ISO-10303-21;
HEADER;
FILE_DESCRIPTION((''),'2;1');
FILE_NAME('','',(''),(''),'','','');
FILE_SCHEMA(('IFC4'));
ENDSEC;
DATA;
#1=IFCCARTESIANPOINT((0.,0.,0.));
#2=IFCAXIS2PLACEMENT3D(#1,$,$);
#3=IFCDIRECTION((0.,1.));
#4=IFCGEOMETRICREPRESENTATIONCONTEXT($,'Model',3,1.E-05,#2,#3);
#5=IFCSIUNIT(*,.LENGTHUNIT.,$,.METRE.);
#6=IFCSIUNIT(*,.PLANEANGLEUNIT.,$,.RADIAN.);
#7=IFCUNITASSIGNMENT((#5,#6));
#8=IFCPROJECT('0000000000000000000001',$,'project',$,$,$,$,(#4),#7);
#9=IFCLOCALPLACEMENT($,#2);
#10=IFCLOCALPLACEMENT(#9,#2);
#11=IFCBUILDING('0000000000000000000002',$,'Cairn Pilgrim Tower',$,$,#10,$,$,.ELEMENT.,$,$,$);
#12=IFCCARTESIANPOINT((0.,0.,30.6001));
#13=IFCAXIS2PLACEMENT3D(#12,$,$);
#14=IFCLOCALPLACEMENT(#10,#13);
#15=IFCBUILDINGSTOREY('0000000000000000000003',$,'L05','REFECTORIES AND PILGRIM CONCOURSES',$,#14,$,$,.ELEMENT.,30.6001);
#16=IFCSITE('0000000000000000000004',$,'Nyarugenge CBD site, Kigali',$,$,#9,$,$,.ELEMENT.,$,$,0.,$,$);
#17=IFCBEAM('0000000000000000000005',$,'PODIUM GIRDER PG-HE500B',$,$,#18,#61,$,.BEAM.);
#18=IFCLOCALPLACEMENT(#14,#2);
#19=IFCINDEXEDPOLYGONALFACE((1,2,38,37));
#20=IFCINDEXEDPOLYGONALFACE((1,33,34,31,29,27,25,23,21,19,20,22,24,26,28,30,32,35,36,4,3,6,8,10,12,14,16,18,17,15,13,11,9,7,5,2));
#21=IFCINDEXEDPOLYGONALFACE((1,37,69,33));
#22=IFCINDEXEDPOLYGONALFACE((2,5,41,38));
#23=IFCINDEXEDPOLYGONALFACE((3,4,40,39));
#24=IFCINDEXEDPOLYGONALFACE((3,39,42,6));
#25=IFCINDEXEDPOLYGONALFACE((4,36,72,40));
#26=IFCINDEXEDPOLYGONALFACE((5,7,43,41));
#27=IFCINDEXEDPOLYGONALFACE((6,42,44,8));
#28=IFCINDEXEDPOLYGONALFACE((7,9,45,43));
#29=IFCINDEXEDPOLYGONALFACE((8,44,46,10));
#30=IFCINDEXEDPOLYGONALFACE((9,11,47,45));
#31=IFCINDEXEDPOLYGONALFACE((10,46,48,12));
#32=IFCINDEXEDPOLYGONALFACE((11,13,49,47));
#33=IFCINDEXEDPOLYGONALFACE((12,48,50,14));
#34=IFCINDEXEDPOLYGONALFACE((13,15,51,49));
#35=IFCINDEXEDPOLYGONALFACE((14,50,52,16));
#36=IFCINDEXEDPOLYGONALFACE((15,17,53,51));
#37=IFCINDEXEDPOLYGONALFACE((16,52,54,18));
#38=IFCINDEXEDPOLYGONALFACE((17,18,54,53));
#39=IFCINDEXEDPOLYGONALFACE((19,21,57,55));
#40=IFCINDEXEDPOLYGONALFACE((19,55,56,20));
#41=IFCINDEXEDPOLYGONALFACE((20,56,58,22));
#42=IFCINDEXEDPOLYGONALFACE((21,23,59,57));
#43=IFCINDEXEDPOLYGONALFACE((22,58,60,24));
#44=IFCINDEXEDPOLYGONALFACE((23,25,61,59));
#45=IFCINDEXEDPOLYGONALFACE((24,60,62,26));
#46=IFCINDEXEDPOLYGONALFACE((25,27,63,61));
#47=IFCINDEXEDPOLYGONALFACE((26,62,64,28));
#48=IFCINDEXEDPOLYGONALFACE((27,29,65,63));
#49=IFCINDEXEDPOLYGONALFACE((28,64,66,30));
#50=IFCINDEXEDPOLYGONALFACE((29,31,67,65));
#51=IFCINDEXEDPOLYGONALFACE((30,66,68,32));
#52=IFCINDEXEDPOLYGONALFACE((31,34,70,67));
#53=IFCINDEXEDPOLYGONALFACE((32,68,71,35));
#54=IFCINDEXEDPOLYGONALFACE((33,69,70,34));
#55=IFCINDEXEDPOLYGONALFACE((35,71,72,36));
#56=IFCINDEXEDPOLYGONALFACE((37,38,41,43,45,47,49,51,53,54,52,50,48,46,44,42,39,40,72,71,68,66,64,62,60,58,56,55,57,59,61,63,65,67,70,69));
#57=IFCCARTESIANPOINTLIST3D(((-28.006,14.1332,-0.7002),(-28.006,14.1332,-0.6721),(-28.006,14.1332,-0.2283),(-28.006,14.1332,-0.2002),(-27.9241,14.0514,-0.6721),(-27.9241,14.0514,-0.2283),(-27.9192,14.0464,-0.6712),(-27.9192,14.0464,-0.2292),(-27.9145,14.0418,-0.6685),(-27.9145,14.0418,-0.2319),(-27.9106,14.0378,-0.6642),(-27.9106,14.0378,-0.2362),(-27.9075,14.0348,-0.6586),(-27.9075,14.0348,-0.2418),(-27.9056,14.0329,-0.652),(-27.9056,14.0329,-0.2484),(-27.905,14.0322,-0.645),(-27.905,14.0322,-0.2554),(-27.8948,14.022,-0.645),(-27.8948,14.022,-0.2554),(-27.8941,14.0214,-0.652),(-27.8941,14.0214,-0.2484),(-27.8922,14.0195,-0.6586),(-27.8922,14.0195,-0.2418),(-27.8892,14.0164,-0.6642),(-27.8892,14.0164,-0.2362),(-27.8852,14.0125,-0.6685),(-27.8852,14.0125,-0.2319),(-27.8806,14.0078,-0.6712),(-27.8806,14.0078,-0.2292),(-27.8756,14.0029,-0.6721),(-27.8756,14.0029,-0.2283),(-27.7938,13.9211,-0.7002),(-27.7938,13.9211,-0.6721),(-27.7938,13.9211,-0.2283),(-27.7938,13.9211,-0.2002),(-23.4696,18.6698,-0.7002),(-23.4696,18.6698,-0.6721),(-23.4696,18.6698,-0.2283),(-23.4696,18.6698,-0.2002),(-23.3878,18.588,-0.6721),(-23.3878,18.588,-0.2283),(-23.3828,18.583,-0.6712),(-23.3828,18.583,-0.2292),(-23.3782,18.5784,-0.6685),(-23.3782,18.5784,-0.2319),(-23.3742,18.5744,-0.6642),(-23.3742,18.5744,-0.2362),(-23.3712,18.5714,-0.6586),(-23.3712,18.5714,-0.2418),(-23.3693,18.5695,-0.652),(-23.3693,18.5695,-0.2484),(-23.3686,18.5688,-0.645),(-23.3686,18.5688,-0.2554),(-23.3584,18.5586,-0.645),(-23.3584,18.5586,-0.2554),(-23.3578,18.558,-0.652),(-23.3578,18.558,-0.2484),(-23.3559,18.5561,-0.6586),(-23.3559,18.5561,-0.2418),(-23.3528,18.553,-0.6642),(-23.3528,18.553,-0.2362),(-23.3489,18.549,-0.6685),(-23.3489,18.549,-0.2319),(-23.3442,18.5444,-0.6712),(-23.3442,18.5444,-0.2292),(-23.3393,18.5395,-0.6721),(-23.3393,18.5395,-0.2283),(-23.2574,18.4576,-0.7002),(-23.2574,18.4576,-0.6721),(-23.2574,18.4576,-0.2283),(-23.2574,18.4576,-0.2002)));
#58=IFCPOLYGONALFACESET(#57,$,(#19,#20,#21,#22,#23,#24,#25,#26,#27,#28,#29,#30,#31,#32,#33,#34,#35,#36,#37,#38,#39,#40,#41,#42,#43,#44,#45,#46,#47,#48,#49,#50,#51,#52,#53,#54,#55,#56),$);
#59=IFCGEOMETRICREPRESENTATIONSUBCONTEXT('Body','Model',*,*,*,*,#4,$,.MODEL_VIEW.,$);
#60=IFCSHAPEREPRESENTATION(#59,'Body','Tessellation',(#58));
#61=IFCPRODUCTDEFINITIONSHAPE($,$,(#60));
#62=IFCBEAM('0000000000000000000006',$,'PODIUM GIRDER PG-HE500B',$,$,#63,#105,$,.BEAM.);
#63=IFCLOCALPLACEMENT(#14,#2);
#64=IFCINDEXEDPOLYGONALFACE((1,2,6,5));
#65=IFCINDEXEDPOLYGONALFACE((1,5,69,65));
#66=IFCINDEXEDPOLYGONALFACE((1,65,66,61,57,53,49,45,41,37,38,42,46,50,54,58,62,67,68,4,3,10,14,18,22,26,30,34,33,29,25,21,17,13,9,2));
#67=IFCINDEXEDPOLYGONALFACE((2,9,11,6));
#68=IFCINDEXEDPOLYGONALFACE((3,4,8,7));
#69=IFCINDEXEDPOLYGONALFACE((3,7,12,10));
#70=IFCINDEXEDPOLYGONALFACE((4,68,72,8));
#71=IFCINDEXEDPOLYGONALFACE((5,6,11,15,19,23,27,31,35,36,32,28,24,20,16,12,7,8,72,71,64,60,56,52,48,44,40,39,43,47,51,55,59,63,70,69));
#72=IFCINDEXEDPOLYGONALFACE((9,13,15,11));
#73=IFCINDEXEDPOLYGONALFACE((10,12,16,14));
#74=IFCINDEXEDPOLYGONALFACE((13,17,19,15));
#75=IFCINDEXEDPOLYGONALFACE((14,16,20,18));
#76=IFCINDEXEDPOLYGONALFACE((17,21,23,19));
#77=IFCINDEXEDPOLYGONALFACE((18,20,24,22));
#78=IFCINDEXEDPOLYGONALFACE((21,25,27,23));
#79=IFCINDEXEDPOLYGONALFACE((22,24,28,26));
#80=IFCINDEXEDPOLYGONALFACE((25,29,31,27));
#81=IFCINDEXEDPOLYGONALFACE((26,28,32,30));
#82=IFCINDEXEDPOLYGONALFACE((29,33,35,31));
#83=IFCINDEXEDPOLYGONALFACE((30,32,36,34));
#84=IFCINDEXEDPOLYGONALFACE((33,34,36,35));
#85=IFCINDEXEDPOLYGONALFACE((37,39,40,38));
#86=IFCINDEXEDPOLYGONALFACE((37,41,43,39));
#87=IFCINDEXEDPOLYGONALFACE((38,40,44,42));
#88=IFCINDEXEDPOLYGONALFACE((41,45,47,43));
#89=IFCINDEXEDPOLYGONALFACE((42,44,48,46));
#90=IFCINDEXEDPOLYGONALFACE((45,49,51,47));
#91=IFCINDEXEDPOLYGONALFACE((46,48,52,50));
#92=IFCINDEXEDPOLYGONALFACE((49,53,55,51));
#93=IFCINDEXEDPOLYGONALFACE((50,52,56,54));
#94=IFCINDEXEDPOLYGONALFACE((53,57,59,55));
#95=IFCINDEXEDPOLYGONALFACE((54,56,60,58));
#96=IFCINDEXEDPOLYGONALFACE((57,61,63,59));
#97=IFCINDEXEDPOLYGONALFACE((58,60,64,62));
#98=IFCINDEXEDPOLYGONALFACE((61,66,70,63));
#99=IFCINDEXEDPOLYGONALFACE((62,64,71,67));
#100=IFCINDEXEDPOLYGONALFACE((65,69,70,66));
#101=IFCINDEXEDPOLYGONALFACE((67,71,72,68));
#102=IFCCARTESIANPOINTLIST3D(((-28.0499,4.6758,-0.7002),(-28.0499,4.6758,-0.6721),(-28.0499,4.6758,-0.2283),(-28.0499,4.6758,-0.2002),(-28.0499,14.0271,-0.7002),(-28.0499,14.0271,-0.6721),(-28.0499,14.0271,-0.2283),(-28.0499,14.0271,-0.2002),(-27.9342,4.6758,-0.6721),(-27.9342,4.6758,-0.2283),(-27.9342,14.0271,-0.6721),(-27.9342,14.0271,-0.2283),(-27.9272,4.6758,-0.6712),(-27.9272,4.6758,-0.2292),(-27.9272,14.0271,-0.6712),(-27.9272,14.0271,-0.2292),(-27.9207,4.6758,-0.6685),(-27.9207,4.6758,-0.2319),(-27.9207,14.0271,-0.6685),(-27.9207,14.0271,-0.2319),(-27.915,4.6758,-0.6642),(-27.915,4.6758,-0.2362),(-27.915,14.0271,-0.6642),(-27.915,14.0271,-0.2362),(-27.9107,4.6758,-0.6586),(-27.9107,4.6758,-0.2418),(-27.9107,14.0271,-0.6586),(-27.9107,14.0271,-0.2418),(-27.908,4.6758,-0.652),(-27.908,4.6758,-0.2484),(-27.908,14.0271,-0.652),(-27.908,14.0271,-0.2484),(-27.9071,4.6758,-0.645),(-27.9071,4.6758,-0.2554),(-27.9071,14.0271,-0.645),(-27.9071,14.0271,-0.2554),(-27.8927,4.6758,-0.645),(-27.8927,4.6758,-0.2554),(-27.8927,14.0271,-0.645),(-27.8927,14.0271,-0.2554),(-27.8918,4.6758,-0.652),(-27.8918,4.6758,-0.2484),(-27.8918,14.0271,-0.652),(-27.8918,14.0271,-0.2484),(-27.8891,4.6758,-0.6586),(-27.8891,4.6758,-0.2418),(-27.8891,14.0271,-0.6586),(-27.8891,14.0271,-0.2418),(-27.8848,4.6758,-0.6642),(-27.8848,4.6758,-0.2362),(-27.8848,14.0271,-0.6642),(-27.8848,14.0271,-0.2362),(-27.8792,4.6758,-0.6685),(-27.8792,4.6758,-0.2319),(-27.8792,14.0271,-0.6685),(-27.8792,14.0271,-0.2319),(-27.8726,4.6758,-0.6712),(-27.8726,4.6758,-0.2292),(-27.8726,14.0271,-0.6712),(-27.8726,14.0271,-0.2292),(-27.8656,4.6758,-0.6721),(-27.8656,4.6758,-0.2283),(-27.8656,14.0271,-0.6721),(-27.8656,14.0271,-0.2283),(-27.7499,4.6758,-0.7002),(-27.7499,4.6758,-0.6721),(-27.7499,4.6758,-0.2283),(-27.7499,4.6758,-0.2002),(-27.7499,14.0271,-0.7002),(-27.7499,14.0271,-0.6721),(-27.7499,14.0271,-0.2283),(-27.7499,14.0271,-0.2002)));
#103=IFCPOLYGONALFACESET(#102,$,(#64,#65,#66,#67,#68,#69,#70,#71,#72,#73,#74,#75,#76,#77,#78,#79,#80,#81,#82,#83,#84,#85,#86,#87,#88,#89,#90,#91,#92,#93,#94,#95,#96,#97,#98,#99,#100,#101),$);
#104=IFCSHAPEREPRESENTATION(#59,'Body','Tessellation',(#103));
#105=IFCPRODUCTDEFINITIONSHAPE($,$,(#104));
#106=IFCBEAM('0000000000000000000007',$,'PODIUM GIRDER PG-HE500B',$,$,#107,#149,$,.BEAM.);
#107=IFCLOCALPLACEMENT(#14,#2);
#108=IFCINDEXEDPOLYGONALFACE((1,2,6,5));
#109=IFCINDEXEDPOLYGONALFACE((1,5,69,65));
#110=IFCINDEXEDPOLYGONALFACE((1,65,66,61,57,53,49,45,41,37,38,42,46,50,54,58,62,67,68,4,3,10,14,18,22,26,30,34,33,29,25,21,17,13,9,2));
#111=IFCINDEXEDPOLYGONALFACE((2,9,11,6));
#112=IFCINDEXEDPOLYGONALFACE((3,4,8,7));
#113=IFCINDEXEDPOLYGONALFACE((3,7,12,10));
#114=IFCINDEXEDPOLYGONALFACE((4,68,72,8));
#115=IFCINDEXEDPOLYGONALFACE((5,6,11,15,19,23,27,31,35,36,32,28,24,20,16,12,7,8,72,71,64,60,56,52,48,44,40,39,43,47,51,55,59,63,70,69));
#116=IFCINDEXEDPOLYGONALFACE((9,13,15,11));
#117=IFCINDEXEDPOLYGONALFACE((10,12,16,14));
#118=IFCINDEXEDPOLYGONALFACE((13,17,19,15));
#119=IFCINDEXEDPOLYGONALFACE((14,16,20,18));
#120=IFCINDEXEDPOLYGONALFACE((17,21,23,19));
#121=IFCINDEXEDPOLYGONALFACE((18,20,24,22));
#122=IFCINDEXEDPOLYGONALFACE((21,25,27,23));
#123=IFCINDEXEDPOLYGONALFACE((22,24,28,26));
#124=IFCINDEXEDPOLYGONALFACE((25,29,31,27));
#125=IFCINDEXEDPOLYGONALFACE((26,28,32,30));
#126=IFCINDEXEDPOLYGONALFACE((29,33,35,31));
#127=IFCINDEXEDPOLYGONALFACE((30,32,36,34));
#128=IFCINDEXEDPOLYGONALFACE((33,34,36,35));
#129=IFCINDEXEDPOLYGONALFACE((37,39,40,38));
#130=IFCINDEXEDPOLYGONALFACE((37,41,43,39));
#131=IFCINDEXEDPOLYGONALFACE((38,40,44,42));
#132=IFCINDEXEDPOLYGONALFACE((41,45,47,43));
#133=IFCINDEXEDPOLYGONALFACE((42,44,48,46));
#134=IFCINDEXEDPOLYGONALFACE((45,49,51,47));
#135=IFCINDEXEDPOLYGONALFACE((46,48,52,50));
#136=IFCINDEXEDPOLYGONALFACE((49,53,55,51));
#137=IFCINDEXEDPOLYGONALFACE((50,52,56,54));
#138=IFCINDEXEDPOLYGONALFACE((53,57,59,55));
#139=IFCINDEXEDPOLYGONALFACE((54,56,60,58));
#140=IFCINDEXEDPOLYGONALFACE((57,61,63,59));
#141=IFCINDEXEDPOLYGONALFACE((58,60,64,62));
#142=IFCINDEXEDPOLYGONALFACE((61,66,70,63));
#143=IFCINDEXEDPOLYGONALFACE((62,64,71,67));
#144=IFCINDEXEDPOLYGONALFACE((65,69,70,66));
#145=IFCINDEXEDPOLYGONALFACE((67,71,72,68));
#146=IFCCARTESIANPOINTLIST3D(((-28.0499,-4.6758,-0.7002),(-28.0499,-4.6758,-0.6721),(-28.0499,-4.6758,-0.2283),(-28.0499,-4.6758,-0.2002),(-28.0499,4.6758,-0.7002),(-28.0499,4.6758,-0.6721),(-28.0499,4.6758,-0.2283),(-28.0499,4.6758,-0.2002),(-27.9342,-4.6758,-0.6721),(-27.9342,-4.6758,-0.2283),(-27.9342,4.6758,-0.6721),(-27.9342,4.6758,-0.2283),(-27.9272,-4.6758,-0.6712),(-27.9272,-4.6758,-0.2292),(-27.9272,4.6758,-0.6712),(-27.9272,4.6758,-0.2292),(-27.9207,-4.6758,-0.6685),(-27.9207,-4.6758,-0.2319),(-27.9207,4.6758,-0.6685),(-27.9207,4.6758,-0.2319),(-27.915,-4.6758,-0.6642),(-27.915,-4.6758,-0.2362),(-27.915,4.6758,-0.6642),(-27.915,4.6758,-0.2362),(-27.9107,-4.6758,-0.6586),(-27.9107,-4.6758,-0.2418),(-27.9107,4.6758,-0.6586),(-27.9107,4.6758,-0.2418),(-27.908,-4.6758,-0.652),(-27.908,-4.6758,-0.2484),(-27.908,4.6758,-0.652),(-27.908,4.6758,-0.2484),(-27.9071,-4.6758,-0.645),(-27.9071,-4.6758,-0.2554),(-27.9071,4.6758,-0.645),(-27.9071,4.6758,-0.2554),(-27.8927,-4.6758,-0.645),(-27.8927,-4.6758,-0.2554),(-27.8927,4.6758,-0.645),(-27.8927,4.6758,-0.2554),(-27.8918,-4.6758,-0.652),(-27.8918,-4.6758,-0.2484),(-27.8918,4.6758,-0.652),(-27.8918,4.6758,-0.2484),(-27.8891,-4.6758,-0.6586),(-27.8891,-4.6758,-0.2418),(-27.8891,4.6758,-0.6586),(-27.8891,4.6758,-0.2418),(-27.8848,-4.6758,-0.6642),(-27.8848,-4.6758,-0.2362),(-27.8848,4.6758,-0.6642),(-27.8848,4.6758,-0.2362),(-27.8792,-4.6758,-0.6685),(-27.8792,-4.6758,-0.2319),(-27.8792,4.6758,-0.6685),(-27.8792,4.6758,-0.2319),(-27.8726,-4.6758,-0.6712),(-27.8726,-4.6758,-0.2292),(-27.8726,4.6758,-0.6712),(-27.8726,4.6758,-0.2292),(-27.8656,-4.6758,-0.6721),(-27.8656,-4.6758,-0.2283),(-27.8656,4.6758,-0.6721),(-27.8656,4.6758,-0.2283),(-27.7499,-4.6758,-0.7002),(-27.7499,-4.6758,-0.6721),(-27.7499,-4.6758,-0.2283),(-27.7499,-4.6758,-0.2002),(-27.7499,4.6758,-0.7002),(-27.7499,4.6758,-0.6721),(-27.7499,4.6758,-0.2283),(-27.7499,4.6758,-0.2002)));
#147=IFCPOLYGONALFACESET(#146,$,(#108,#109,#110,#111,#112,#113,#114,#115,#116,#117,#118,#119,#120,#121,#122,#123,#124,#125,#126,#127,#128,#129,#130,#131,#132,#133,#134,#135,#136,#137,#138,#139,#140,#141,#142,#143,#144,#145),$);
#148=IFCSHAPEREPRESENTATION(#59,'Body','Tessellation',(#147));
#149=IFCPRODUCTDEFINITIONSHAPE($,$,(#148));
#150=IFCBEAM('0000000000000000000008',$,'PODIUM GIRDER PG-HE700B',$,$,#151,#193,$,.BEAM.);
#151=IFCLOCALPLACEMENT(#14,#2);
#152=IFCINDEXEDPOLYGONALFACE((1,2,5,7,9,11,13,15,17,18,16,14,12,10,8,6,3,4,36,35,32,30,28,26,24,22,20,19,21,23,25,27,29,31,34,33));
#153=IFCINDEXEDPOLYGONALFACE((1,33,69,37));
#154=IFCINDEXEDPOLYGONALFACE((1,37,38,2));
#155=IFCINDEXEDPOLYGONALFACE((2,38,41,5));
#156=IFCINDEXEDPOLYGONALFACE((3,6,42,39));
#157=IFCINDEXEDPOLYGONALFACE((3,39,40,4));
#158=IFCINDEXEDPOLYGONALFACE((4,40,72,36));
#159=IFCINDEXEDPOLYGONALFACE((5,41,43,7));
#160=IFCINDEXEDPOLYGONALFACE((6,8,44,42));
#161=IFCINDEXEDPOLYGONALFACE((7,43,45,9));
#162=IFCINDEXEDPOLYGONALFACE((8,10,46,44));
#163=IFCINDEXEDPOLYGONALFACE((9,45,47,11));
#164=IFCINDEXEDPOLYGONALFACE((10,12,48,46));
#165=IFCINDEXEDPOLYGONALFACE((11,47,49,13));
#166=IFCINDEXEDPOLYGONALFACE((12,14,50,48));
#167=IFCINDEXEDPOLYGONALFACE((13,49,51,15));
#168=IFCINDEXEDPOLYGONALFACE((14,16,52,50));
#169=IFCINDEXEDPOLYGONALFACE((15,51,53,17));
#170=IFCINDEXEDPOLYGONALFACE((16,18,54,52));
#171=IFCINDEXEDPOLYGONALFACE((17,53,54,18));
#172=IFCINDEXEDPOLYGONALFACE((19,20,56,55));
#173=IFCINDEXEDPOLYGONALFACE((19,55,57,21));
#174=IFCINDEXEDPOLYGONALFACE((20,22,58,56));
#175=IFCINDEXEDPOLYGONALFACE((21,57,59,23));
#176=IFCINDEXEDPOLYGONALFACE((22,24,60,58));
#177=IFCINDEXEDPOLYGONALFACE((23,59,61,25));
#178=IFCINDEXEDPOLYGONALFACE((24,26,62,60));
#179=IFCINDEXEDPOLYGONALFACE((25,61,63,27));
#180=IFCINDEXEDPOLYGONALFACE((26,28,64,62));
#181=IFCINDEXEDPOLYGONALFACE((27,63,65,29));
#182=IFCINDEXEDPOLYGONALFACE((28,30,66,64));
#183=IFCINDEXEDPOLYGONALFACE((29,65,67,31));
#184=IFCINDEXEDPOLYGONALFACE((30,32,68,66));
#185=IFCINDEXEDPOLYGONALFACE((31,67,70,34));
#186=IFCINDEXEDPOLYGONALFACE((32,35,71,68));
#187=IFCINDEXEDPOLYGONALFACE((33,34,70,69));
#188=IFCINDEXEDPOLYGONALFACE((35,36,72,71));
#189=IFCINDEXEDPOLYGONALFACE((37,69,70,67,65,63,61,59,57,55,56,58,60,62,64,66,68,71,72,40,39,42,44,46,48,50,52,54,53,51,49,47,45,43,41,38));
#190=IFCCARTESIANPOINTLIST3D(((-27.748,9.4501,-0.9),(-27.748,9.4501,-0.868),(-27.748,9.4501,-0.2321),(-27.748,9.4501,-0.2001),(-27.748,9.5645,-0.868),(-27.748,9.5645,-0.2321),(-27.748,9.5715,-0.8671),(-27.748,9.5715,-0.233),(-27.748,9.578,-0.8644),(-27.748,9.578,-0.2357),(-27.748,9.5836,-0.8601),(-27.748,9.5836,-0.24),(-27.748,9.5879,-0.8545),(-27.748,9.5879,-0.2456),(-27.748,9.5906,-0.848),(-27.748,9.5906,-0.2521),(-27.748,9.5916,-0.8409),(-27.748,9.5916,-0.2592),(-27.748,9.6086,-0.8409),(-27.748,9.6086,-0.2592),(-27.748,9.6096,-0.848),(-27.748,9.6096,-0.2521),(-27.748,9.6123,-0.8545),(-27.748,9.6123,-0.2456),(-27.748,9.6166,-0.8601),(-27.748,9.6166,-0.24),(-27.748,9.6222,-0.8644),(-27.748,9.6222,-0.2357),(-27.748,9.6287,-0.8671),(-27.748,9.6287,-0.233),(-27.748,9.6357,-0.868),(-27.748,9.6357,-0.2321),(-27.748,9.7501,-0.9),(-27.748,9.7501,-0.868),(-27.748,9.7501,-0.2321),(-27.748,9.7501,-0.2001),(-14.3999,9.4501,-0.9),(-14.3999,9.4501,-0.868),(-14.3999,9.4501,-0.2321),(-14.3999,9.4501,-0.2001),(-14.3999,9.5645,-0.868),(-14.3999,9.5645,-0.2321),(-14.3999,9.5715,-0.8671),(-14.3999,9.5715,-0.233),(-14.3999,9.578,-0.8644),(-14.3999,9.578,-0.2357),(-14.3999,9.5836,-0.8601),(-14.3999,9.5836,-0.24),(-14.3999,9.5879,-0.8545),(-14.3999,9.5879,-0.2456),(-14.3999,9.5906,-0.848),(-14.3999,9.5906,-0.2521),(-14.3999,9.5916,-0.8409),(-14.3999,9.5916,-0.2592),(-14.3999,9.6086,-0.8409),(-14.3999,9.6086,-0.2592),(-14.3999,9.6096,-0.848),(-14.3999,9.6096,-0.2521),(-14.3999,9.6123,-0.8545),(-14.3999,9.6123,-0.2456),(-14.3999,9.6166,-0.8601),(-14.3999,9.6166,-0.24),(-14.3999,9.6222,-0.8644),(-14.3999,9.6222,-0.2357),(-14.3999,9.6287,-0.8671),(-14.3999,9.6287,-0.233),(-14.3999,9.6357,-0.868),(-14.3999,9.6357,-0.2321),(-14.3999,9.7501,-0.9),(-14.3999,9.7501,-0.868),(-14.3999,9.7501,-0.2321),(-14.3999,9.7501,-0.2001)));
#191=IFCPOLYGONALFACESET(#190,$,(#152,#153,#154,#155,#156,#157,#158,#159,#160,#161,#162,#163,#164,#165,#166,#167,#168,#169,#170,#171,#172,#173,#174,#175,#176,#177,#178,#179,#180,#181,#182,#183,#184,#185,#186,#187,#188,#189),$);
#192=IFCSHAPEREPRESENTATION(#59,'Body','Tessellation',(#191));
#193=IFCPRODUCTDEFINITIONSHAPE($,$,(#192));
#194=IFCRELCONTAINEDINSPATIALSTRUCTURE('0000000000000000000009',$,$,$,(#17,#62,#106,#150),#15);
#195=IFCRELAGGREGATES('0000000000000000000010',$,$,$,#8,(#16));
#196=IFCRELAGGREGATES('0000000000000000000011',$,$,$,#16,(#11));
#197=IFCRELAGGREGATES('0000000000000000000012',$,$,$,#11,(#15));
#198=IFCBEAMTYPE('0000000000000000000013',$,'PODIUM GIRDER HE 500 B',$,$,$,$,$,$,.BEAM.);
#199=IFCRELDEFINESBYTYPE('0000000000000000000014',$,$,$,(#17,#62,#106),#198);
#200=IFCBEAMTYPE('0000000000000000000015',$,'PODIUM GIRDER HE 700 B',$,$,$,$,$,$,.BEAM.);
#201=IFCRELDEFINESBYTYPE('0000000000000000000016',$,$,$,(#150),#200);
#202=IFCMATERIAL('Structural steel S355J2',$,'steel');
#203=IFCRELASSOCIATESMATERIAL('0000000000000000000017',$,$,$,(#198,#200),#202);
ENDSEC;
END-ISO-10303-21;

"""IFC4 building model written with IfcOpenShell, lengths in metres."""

from ifc_helpers import new_model, si_unit, direction, frame, origin, origin_2d, place, context, subcontext, project, spatial, i_section, extrude, material, material_profile, profile_set, type_object, element, save


model = new_model("IFC4")

# Units and contexts
model_context = context("Model", 3, precision=1e-05, world=origin(), true_north=direction((0.0, 1.0)))
body_context = subcontext(model_context, "Body", "Model", "MODEL_VIEW")
ifc_project = project(units=[si_unit("LENGTHUNIT", "METRE"), si_unit("PLANEANGLEUNIT", "RADIAN")], contexts=[model_context])

# Site, building, storey
site_placement = place(None, origin())
site = spatial("IfcSite", under=ifc_project, at=site_placement, Name="Nyarugenge CBD site, Kigali", CompositionType="ELEMENT", RefElevation=0.0)
building_placement = place(site_placement, origin())
building = spatial("IfcBuilding", under=site, at=building_placement, Name="Cairn Pilgrim Tower", CompositionType="ELEMENT")
storey_placement = place(building_placement, frame((0.0, 0.0, 30.6001)))
storey = spatial("IfcBuildingStorey", under=building, at=storey_placement, Name="L05", Description="REFECTORIES AND PILGRIM CONCOURSES", CompositionType="ELEMENT", Elevation=30.6001)

# Beams
ifc_material_1 = material(Name="Structural steel S355J2", Category="steel")
ifc_material_profile_1 = material_profile(ifc_material_1, i_section(OverallWidth=0.3, OverallDepth=0.5, WebThickness=0.0144, FlangeThickness=0.0281, FilletRadius=0.0271, at=origin_2d()), Name="HEB 500")
ifc_profile_set_1 = profile_set([ifc_material_profile_1], Name="Structural steel S355J2")
beam_type_1 = type_object("IfcBeamType", Name="PODIUM GIRDER HE 500 B", PredefinedType="BEAM", material=ifc_profile_set_1)
beam_1_placement = place(storey_placement, frame((-23.3635, 18.5637, -0.4502), z_axis=(-0.707088, -0.707126, 0.0), x_axis=(0.707126, -0.707088, 0.0)))
element("IfcBeam", 1, at=beam_1_placement, inside=storey, type_object=beam_type_1, Name="PODIUM GIRDER PG-HE500B", PredefinedType="BEAM", context=body_context, shape_type="SweptSolid", body=[
    extrude(i_section(OverallWidth=0.3, OverallDepth=0.5, WebThickness=0.0144, FlangeThickness=0.0281, FilletRadius=0.0271, at=origin_2d()), origin(), (0.0, 0.0, 1.0), 6.4155),
])
beam_2_placement = place(storey_placement, frame((-27.8999, 14.0271, -0.4502), z_axis=(0.0, -1.0, 0.0), x_axis=(1.0, 0.0, 0.0)))
element("IfcBeam", 2, at=beam_2_placement, inside=storey, type_object=beam_type_1, Name="PODIUM GIRDER PG-HE500B", PredefinedType="BEAM", context=body_context, shape_type="SweptSolid", body=[
    extrude(i_section(OverallWidth=0.3, OverallDepth=0.5, WebThickness=0.0144, FlangeThickness=0.0281, FilletRadius=0.0271, at=origin_2d()), origin(), (0.0, 0.0, 1.0), 9.3513),
])
beam_3_placement = place(storey_placement, frame((-27.8999, 4.6758, -0.4502), z_axis=(0.0, -1.0, 0.0), x_axis=(1.0, 0.0, 0.0)))
element("IfcBeam", 3, at=beam_3_placement, inside=storey, type_object=beam_type_1, Name="PODIUM GIRDER PG-HE500B", PredefinedType="BEAM", context=body_context, shape_type="SweptSolid", body=[
    extrude(i_section(OverallWidth=0.3, OverallDepth=0.5, WebThickness=0.0144, FlangeThickness=0.0281, FilletRadius=0.0271, at=origin_2d()), origin(), (0.0, 0.0, 1.0), 9.3516),
])
ifc_material_profile_2 = material_profile(ifc_material_1, i_section(OverallWidth=0.3, OverallDepth=0.7, WebThickness=0.0171, FlangeThickness=0.032, FilletRadius=0.0271, at=origin_2d()), Name="HEB 700")
ifc_profile_set_2 = profile_set([ifc_material_profile_2], Name="Structural steel S355J2")
beam_type_2 = type_object("IfcBeamType", Name="PODIUM GIRDER HE 700 B", PredefinedType="BEAM", material=ifc_profile_set_2)
beam_4_placement = place(storey_placement, frame((-27.748, 9.6001, -0.55), z_axis=(1.0, 0.0, 0.0), x_axis=(0.0, 1.0, 0.0)))
element("IfcBeam", 4, at=beam_4_placement, inside=storey, type_object=beam_type_2, Name="PODIUM GIRDER PG-HE700B", PredefinedType="BEAM", context=body_context, shape_type="SweptSolid", body=[
    extrude(i_section(OverallWidth=0.3, OverallDepth=0.7, WebThickness=0.0171, FlangeThickness=0.032, FilletRadius=0.0271, at=origin_2d()), origin(), (0.0, 0.0, 1.0), 13.3481),
])

save(model, "model.ifc")
